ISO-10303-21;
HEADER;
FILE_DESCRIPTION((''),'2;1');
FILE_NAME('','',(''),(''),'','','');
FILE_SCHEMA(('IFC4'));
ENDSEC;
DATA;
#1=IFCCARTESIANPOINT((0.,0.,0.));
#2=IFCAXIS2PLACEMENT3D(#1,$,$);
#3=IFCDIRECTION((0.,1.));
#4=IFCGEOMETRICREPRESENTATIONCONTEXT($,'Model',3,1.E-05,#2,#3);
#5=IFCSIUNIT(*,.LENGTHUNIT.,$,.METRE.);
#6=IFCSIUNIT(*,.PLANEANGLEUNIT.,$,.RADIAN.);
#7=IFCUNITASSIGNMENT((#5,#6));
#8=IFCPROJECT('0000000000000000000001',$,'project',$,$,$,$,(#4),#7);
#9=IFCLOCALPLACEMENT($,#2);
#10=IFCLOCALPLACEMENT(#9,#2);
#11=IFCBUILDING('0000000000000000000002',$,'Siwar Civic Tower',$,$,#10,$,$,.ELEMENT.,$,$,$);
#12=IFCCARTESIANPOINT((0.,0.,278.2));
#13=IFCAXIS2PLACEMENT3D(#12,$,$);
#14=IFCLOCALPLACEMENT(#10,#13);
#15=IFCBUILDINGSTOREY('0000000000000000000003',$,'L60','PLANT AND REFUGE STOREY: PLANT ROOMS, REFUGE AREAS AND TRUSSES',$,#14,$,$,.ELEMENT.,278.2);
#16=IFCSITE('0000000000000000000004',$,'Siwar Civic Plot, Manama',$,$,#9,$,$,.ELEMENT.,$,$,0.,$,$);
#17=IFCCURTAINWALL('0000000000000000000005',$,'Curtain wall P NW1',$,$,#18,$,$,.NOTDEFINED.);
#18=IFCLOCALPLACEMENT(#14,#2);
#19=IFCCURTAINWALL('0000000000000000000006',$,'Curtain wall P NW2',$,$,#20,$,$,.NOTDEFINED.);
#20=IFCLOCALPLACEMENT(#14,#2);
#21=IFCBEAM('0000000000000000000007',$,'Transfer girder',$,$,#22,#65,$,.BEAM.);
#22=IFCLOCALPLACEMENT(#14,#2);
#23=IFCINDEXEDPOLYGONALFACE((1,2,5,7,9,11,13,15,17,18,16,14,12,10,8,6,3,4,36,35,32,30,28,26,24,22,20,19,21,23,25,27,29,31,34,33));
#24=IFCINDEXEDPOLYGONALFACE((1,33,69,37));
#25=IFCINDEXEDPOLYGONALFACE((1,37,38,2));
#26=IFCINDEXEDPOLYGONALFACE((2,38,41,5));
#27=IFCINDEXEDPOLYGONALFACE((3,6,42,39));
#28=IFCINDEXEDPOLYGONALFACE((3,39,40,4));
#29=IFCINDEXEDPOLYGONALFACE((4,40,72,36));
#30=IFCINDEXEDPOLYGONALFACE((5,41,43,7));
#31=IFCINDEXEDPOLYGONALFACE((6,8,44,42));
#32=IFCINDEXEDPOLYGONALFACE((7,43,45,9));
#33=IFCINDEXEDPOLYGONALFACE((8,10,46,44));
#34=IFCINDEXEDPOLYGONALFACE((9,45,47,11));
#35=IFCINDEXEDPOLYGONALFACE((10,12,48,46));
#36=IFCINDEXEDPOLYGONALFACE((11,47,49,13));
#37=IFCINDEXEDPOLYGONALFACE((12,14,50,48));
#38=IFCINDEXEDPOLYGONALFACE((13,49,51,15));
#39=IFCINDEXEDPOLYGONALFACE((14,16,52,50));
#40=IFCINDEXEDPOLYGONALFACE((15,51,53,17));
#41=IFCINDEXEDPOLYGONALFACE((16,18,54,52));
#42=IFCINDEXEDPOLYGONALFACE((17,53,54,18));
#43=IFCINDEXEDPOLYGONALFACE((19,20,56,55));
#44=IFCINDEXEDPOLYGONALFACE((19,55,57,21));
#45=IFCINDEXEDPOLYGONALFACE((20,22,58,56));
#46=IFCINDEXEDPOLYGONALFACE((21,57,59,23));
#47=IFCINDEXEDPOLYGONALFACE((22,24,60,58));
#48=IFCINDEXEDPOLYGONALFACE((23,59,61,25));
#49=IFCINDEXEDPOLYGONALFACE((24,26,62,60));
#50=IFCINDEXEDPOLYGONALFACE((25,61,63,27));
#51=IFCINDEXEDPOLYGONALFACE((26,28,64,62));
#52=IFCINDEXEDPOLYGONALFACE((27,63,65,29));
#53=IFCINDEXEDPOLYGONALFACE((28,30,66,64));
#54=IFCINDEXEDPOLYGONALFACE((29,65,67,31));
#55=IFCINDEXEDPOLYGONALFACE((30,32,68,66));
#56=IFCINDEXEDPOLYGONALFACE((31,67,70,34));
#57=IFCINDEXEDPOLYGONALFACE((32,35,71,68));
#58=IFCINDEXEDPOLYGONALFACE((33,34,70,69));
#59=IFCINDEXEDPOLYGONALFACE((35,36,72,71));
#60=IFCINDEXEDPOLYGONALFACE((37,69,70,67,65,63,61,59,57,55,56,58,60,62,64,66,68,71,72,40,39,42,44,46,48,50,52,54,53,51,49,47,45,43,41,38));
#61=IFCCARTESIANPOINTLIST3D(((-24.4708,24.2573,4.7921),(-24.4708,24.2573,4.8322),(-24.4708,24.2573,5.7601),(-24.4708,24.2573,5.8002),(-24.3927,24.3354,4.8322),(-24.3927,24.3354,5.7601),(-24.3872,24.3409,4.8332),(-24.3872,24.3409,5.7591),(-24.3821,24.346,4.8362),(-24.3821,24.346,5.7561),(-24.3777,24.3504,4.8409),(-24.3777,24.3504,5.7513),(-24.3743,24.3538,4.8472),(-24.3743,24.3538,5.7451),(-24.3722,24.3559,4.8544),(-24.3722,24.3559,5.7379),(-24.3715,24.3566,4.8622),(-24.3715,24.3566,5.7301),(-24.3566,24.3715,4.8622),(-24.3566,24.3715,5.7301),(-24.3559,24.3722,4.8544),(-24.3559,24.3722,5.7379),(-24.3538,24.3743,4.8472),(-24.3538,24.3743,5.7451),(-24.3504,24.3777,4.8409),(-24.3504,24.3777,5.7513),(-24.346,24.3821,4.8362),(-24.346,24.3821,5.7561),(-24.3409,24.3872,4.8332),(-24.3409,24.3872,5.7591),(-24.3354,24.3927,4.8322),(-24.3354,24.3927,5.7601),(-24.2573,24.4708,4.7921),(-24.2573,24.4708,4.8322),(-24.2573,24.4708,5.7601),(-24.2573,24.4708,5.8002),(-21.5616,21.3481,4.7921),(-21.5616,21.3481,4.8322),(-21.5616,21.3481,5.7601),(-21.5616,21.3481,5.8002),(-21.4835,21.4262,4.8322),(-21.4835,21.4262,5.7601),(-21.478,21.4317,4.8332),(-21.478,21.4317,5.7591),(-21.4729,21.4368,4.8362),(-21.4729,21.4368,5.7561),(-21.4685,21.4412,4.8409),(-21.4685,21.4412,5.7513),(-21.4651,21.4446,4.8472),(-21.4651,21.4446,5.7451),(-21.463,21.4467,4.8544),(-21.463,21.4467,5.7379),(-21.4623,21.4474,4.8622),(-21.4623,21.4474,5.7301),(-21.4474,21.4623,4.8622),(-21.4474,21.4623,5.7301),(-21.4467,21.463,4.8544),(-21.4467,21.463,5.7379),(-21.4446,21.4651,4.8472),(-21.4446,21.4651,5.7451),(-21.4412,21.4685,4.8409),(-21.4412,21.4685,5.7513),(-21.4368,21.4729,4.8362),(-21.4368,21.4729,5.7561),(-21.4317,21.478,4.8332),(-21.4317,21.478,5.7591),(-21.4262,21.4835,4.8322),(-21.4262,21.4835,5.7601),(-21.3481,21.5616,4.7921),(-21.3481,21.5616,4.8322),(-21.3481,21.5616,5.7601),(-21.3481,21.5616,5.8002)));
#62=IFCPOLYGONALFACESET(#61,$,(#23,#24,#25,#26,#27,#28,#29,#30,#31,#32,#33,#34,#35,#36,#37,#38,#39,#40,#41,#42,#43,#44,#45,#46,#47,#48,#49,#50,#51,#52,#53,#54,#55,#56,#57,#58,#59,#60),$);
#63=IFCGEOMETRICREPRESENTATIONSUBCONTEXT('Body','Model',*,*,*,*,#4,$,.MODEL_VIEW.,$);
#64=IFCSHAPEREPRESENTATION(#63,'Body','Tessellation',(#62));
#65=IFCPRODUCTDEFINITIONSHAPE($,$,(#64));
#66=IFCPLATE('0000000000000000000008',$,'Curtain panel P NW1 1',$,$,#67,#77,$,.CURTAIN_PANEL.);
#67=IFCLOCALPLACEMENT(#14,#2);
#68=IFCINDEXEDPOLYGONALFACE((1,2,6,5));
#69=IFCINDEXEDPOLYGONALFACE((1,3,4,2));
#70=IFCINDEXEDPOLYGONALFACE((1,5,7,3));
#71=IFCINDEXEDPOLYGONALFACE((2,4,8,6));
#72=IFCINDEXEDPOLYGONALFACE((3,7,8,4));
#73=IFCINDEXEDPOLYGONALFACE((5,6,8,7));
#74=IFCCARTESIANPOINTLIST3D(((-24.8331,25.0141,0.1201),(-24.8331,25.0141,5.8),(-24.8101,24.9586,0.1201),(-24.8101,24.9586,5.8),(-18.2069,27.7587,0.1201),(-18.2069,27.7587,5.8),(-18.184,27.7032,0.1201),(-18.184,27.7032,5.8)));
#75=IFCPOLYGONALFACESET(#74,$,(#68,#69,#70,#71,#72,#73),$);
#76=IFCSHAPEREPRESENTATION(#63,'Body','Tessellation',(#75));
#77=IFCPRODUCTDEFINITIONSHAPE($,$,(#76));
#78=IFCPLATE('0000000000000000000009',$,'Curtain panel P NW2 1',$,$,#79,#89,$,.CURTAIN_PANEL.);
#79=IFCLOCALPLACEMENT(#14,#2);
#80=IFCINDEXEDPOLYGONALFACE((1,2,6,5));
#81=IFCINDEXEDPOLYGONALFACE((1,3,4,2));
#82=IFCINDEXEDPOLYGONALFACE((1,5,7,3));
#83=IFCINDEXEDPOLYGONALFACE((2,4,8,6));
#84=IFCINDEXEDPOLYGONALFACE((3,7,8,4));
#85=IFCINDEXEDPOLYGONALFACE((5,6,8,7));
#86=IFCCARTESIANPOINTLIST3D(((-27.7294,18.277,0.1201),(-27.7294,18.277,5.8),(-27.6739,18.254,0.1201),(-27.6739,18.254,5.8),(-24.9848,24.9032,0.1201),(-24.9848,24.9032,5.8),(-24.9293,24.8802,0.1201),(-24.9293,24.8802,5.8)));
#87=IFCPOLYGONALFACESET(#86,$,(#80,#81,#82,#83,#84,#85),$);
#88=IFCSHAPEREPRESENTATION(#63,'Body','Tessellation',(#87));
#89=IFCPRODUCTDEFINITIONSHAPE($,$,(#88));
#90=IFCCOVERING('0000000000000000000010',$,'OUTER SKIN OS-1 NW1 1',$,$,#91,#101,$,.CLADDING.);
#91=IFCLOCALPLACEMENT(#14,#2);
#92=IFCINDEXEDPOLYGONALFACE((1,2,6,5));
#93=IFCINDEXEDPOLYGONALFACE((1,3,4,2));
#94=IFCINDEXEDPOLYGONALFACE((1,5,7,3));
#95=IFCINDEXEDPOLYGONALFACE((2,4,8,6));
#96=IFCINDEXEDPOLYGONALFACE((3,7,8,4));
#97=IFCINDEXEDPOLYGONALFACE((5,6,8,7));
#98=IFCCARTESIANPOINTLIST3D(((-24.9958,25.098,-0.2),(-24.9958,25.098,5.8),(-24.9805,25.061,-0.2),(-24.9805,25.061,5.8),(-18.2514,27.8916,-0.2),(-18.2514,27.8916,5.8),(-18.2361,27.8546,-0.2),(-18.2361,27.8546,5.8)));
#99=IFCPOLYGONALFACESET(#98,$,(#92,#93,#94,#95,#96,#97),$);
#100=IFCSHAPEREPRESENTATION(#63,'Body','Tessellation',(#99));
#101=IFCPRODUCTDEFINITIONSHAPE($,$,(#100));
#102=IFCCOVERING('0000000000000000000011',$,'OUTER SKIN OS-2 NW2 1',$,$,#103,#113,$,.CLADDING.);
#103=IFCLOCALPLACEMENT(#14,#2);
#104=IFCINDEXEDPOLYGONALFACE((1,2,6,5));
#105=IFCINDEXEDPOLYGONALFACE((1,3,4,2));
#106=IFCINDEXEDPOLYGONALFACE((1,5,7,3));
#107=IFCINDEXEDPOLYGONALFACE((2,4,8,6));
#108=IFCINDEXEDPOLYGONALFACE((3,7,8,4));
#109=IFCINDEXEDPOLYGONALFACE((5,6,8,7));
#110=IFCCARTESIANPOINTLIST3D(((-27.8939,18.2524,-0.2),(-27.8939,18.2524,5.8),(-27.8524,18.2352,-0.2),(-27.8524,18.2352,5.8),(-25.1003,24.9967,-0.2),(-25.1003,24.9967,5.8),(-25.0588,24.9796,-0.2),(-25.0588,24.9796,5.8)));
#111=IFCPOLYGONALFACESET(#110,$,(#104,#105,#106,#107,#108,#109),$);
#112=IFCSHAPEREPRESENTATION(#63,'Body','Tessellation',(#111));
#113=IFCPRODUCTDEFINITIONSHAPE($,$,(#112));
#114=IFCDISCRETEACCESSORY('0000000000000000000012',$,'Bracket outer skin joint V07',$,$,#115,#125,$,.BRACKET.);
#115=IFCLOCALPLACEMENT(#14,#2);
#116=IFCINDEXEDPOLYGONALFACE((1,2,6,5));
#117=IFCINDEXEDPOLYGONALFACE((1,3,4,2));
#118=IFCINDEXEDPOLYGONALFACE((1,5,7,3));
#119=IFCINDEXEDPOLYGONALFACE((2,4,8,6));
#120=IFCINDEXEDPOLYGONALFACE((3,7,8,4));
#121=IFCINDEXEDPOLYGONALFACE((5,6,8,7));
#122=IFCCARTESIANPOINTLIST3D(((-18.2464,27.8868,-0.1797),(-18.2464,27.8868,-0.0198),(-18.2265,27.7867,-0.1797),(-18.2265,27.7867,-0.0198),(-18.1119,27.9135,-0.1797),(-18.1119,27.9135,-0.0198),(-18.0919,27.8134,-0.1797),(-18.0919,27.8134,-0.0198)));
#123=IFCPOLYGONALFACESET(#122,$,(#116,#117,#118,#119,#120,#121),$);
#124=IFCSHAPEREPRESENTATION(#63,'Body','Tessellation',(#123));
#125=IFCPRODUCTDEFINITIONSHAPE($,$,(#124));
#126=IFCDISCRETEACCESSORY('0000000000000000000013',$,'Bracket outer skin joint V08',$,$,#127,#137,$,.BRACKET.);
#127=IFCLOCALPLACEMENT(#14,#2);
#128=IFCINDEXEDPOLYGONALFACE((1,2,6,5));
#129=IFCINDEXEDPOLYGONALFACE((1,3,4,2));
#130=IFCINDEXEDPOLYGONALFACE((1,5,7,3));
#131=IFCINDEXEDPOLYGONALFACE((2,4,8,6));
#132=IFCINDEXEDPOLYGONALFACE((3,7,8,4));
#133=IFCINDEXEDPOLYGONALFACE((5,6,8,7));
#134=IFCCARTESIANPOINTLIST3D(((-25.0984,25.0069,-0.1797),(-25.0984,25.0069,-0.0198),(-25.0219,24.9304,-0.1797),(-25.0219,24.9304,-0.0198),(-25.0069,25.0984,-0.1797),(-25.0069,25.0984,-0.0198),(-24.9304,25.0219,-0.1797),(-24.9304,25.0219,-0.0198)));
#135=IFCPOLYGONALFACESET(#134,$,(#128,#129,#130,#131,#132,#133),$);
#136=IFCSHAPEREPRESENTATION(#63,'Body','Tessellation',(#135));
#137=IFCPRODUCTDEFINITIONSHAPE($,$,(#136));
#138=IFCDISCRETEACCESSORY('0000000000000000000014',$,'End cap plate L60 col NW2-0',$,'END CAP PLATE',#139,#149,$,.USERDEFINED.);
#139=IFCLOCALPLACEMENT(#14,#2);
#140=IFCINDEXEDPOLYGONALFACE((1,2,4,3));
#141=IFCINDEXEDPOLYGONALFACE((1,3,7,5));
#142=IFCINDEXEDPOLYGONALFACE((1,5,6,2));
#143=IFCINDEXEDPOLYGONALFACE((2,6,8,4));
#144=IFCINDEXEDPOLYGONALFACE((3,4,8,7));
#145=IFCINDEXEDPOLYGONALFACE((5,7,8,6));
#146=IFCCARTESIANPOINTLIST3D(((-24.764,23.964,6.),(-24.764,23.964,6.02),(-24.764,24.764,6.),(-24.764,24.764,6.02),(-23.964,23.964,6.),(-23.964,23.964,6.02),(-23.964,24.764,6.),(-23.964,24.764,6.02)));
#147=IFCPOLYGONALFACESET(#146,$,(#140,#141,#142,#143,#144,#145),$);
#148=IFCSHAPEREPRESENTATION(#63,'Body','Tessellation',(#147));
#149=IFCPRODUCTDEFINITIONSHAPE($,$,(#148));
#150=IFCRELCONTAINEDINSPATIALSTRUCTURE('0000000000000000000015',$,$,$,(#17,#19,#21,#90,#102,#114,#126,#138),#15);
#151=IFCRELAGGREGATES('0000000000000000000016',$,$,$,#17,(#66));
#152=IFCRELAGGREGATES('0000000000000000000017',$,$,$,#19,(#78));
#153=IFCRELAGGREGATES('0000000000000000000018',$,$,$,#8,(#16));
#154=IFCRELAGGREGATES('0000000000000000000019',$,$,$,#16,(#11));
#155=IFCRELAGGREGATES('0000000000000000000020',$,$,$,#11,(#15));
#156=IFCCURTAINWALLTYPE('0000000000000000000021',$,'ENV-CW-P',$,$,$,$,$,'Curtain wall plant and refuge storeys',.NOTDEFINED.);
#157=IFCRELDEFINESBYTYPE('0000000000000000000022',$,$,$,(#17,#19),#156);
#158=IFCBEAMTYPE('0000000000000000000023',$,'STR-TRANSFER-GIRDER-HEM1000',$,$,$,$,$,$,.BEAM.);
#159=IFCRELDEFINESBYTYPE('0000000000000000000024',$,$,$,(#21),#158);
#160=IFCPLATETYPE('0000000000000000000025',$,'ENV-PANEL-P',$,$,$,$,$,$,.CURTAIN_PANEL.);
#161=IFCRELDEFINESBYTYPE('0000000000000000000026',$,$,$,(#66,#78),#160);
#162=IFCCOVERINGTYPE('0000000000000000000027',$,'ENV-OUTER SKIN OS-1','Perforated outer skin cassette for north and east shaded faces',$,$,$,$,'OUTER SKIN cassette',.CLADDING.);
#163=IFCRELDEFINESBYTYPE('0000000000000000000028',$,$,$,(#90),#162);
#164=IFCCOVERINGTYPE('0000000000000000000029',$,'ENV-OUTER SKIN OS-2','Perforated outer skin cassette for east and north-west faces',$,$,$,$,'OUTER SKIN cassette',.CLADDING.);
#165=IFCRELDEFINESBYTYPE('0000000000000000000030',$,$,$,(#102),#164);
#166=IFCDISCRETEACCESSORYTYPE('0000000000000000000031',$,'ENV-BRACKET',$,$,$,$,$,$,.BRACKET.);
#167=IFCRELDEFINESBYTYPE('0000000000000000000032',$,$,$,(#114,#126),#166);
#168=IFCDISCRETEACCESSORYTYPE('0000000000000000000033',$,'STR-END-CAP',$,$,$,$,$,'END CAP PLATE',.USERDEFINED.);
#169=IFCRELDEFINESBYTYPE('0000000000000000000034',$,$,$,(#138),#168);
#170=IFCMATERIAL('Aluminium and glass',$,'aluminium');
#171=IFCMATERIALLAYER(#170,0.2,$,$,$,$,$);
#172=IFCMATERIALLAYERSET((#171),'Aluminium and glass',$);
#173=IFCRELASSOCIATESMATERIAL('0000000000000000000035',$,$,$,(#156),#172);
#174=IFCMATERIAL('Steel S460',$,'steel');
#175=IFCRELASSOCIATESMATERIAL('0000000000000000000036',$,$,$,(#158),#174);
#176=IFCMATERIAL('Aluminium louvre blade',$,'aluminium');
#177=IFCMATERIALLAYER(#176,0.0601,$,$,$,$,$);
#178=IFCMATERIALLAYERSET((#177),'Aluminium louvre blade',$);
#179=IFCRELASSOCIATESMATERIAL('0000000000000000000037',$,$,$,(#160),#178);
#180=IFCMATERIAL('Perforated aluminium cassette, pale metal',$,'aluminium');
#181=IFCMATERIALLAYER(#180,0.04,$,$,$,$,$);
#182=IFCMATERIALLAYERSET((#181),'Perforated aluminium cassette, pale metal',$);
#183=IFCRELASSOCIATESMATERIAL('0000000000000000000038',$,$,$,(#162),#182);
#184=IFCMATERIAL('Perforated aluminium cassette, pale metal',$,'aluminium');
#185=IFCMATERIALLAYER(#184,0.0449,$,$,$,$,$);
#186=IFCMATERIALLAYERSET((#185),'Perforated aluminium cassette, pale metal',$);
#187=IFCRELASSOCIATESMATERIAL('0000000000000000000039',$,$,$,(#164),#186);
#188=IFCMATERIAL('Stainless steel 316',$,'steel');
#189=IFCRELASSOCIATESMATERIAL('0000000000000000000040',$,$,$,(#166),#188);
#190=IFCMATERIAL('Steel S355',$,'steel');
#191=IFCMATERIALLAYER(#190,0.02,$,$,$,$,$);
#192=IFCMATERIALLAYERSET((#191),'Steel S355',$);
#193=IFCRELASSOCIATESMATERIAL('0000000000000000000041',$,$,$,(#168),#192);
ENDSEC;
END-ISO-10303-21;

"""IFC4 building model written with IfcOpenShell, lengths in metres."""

from ifc_helpers import new_model, si_unit, direction, frame, origin, origin_2d, place, context, subcontext, project, spatial, rectangle, i_section, extrude, material, layer, layer_set, material_profile, profile_set, type_object, element, aggregate, save


model = new_model("IFC4")

# Units and contexts
model_context = context("Model", 3, precision=1e-05, world=origin(), true_north=direction((0.0, 1.0)))
body_context = subcontext(model_context, "Body", "Model", "MODEL_VIEW")
ifc_project = project(units=[si_unit("LENGTHUNIT", "METRE"), si_unit("PLANEANGLEUNIT", "RADIAN")], contexts=[model_context])

# Site, building, storey
site_placement = place(None, origin())
site = spatial("IfcSite", under=ifc_project, at=site_placement, Name="Siwar Civic Plot, Manama", CompositionType="ELEMENT", RefElevation=0.0)
building_placement = place(site_placement, origin())
building = spatial("IfcBuilding", under=site, at=building_placement, Name="Siwar Civic Tower", CompositionType="ELEMENT")
storey_placement = place(building_placement, frame((0.0, 0.0, 278.2)))
storey = spatial("IfcBuildingStorey", under=building, at=storey_placement, Name="L60", Description="PLANT AND REFUGE STOREY: PLANT ROOMS, REFUGE AREAS AND TRUSSES", CompositionType="ELEMENT", Elevation=278.2)

# Curtain walls
ifc_material_1 = material(Name="Aluminium and glass", Category="aluminium")
ifc_layer_1 = layer(ifc_material_1, 0.2)
ifc_layer_set_1 = layer_set([ifc_layer_1], Name="Aluminium and glass")
curtain_wall_type = type_object("IfcCurtainWallType", Name="ENV-CW-P", ElementType="Curtain wall plant and refuge storeys", PredefinedType="NOTDEFINED", material=ifc_layer_set_1)
curtain_wall_1_placement = place(storey_placement, origin())
curtain_wall_1 = element("IfcCurtainWall", 1, at=curtain_wall_1_placement, inside=storey, type_object=curtain_wall_type, Name="Curtain wall P NW1", PredefinedType="NOTDEFINED")
curtain_wall_2_placement = place(storey_placement, origin())
curtain_wall_2 = element("IfcCurtainWall", 2, at=curtain_wall_2_placement, inside=storey, type_object=curtain_wall_type, Name="Curtain wall P NW2", PredefinedType="NOTDEFINED")

# Beam
ifc_material_2 = material(Name="Steel S460", Category="steel")
ifc_material_profile_1 = material_profile(ifc_material_2, i_section(OverallWidth=0.302, OverallDepth=1.0081, WebThickness=0.021, FlangeThickness=0.04, FilletRadius=0.03, at=origin_2d()), Name="HEM1000")
ifc_profile_set_1 = profile_set([ifc_material_profile_1], Name="Steel S460")
beam_type_1 = type_object("IfcBeamType", Name="STR-TRANSFER-GIRDER-HEM1000", PredefinedType="BEAM", material=ifc_profile_set_1)
beam_1_placement = place(storey_placement, frame((-21.4548, 21.4548, 5.2961), z_axis=(-0.707107, 0.707107, 0.0), x_axis=(-0.707107, -0.707107, 0.0)))
element("IfcBeam", 3, at=beam_1_placement, inside=storey, type_object=beam_type_1, Name="Transfer girder", PredefinedType="BEAM", context=body_context, shape_type="SweptSolid", body=[
    extrude(i_section(OverallWidth=0.302, OverallDepth=1.0081, WebThickness=0.021, FlangeThickness=0.04, FilletRadius=0.03, at=origin_2d()), origin(), (0.0, 0.0, 1.0), 4.1143),
])

# Plates
ifc_material_3 = material(Name="Aluminium louvre blade", Category="aluminium")
ifc_layer_2 = layer(ifc_material_3, 0.0601)
ifc_layer_set_2 = layer_set([ifc_layer_2], Name="Aluminium louvre blade")
plate_type = type_object("IfcPlateType", Name="ENV-PANEL-P", PredefinedType="CURTAIN_PANEL", material=ifc_layer_set_2)
plate_1_placement = place(storey_placement, frame((-21.5085, 26.3586, 0.1201), z_axis=(0.0, 0.0, 1.0), x_axis=(-0.92388, -0.382683, 0.0)))
plate_1 = element("IfcPlate", 4, at=plate_1_placement, type_object=plate_type, Name="Curtain panel P NW1 1", PredefinedType="CURTAIN_PANEL", context=body_context, shape_type="SweptSolid", body=[
    extrude(rectangle(XDim=7.1721, YDim=0.0601, at=origin_2d()), origin(), (0.0, 0.0, 1.0), 5.6799),
])
aggregate(curtain_wall_1, [plate_1])
plate_2_placement = place(storey_placement, frame((-26.3293, 21.5786, 0.1201), z_axis=(0.0, 0.0, 1.0), x_axis=(-0.382683, -0.92388, 0.0)))
plate_2 = element("IfcPlate", 5, at=plate_2_placement, type_object=plate_type, Name="Curtain panel P NW2 1", PredefinedType="CURTAIN_PANEL", context=body_context, shape_type="SweptSolid", body=[
    extrude(rectangle(XDim=7.1721, YDim=0.0601, at=origin_2d()), origin(), (0.0, 0.0, 1.0), 5.6799),
])
aggregate(curtain_wall_2, [plate_2])

# Coverings
ifc_material_4 = material(Name="Perforated aluminium cassette, pale metal", Category="aluminium")
ifc_layer_3 = layer(ifc_material_4, 0.04)
ifc_layer_set_3 = layer_set([ifc_layer_3], Name="Perforated aluminium cassette, pale metal")
covering_type_1 = type_object("IfcCoveringType", Name="ENV-OUTER SKIN OS-1", Description="Perforated outer skin cassette for north and east shaded faces", ElementType="OUTER SKIN cassette", PredefinedType="CLADDING", material=ifc_layer_set_3)
covering_1_placement = place(storey_placement, frame((-21.616, 26.4763, -0.2), z_axis=(0.0, 0.0, 1.0), x_axis=(-0.92388, -0.382683, 0.0)))
element("IfcCovering", 6, at=covering_1_placement, inside=storey, type_object=covering_type_1, Name="OUTER SKIN OS-1 NW1 1", PredefinedType="CLADDING", context=body_context, shape_type="SweptSolid", body=[
    extrude(rectangle(XDim=7.3, YDim=0.04, at=origin_2d()), origin(), (0.0, 0.0, 1.0), 6.0),
])
ifc_material_5 = material(Name="Perforated aluminium cassette, pale metal", Category="aluminium")
ifc_layer_4 = layer(ifc_material_5, 0.0449)
ifc_layer_set_4 = layer_set([ifc_layer_4], Name="Perforated aluminium cassette, pale metal")
covering_type_2 = type_object("IfcCoveringType", Name="ENV-OUTER SKIN OS-2", Description="Perforated outer skin cassette for east and north-west faces", ElementType="OUTER SKIN cassette", PredefinedType="CLADDING", material=ifc_layer_set_4)
covering_2_placement = place(storey_placement, frame((-26.4763, 21.616, -0.2), z_axis=(0.0, 0.0, 1.0), x_axis=(-0.382683, -0.92388, 0.0)))
element("IfcCovering", 7, at=covering_2_placement, inside=storey, type_object=covering_type_2, Name="OUTER SKIN OS-2 NW2 1", PredefinedType="CLADDING", context=body_context, shape_type="SweptSolid", body=[
    extrude(rectangle(XDim=7.3, YDim=0.0449, at=origin_2d()), origin(), (0.0, 0.0, 1.0), 6.0),
])

# Discrete accessories
ifc_material_6 = material(Name="Stainless steel 316", Category="steel")
discrete_accessory_type_1 = type_object("IfcDiscreteAccessoryType", Name="ENV-BRACKET", PredefinedType="BRACKET", material=ifc_material_6)
discrete_accessory_1_placement = place(storey_placement, frame((-18.1692, 27.8501, -0.1797), z_axis=(0.0, 0.0, 1.0), x_axis=(-0.19509, 0.980785, 0.0)))
element("IfcDiscreteAccessory", 8, at=discrete_accessory_1_placement, inside=storey, type_object=discrete_accessory_type_1, Name="Bracket outer skin joint V07", PredefinedType="BRACKET", context=body_context, shape_type="SweptSolid", body=[
    extrude(rectangle(XDim=0.1021, YDim=0.1372, at=origin_2d()), origin(), (0.0, 0.0, 1.0), 0.1599),
])
discrete_accessory_2_placement = place(storey_placement, frame((-25.0144, 25.0144, -0.1797), z_axis=(0.0, 0.0, 1.0), x_axis=(-0.707107, 0.707107, 0.0)))
element("IfcDiscreteAccessory", 9, at=discrete_accessory_2_placement, inside=storey, type_object=discrete_accessory_type_1, Name="Bracket outer skin joint V08", PredefinedType="BRACKET", context=body_context, shape_type="SweptSolid", body=[
    extrude(rectangle(XDim=0.1082, YDim=0.1294, at=origin_2d()), origin(), (0.0, 0.0, 1.0), 0.1599),
])
ifc_material_7 = material(Name="Steel S355", Category="steel")
ifc_layer_5 = layer(ifc_material_7, 0.02)
ifc_layer_set_5 = layer_set([ifc_layer_5], Name="Steel S355")
discrete_accessory_type_2 = type_object("IfcDiscreteAccessoryType", Name="STR-END-CAP", ElementType="END CAP PLATE", PredefinedType="USERDEFINED", material=ifc_layer_set_5)
discrete_accessory_3_placement = place(storey_placement, frame((-24.364, 24.364, 6.0), z_axis=(0.0, 0.0, 1.0), x_axis=(1.0, 0.0, 0.0)))
element("IfcDiscreteAccessory", 10, at=discrete_accessory_3_placement, inside=storey, type_object=discrete_accessory_type_2, Name="End cap plate L60 col NW2-0", ObjectType="END CAP PLATE", PredefinedType="USERDEFINED", context=body_context, shape_type="SweptSolid", body=[
    extrude(rectangle(XDim=0.8, YDim=0.8, at=origin_2d()), origin(), (0.0, 0.0, 1.0), 0.02),
])

save(model, "model.ifc")
